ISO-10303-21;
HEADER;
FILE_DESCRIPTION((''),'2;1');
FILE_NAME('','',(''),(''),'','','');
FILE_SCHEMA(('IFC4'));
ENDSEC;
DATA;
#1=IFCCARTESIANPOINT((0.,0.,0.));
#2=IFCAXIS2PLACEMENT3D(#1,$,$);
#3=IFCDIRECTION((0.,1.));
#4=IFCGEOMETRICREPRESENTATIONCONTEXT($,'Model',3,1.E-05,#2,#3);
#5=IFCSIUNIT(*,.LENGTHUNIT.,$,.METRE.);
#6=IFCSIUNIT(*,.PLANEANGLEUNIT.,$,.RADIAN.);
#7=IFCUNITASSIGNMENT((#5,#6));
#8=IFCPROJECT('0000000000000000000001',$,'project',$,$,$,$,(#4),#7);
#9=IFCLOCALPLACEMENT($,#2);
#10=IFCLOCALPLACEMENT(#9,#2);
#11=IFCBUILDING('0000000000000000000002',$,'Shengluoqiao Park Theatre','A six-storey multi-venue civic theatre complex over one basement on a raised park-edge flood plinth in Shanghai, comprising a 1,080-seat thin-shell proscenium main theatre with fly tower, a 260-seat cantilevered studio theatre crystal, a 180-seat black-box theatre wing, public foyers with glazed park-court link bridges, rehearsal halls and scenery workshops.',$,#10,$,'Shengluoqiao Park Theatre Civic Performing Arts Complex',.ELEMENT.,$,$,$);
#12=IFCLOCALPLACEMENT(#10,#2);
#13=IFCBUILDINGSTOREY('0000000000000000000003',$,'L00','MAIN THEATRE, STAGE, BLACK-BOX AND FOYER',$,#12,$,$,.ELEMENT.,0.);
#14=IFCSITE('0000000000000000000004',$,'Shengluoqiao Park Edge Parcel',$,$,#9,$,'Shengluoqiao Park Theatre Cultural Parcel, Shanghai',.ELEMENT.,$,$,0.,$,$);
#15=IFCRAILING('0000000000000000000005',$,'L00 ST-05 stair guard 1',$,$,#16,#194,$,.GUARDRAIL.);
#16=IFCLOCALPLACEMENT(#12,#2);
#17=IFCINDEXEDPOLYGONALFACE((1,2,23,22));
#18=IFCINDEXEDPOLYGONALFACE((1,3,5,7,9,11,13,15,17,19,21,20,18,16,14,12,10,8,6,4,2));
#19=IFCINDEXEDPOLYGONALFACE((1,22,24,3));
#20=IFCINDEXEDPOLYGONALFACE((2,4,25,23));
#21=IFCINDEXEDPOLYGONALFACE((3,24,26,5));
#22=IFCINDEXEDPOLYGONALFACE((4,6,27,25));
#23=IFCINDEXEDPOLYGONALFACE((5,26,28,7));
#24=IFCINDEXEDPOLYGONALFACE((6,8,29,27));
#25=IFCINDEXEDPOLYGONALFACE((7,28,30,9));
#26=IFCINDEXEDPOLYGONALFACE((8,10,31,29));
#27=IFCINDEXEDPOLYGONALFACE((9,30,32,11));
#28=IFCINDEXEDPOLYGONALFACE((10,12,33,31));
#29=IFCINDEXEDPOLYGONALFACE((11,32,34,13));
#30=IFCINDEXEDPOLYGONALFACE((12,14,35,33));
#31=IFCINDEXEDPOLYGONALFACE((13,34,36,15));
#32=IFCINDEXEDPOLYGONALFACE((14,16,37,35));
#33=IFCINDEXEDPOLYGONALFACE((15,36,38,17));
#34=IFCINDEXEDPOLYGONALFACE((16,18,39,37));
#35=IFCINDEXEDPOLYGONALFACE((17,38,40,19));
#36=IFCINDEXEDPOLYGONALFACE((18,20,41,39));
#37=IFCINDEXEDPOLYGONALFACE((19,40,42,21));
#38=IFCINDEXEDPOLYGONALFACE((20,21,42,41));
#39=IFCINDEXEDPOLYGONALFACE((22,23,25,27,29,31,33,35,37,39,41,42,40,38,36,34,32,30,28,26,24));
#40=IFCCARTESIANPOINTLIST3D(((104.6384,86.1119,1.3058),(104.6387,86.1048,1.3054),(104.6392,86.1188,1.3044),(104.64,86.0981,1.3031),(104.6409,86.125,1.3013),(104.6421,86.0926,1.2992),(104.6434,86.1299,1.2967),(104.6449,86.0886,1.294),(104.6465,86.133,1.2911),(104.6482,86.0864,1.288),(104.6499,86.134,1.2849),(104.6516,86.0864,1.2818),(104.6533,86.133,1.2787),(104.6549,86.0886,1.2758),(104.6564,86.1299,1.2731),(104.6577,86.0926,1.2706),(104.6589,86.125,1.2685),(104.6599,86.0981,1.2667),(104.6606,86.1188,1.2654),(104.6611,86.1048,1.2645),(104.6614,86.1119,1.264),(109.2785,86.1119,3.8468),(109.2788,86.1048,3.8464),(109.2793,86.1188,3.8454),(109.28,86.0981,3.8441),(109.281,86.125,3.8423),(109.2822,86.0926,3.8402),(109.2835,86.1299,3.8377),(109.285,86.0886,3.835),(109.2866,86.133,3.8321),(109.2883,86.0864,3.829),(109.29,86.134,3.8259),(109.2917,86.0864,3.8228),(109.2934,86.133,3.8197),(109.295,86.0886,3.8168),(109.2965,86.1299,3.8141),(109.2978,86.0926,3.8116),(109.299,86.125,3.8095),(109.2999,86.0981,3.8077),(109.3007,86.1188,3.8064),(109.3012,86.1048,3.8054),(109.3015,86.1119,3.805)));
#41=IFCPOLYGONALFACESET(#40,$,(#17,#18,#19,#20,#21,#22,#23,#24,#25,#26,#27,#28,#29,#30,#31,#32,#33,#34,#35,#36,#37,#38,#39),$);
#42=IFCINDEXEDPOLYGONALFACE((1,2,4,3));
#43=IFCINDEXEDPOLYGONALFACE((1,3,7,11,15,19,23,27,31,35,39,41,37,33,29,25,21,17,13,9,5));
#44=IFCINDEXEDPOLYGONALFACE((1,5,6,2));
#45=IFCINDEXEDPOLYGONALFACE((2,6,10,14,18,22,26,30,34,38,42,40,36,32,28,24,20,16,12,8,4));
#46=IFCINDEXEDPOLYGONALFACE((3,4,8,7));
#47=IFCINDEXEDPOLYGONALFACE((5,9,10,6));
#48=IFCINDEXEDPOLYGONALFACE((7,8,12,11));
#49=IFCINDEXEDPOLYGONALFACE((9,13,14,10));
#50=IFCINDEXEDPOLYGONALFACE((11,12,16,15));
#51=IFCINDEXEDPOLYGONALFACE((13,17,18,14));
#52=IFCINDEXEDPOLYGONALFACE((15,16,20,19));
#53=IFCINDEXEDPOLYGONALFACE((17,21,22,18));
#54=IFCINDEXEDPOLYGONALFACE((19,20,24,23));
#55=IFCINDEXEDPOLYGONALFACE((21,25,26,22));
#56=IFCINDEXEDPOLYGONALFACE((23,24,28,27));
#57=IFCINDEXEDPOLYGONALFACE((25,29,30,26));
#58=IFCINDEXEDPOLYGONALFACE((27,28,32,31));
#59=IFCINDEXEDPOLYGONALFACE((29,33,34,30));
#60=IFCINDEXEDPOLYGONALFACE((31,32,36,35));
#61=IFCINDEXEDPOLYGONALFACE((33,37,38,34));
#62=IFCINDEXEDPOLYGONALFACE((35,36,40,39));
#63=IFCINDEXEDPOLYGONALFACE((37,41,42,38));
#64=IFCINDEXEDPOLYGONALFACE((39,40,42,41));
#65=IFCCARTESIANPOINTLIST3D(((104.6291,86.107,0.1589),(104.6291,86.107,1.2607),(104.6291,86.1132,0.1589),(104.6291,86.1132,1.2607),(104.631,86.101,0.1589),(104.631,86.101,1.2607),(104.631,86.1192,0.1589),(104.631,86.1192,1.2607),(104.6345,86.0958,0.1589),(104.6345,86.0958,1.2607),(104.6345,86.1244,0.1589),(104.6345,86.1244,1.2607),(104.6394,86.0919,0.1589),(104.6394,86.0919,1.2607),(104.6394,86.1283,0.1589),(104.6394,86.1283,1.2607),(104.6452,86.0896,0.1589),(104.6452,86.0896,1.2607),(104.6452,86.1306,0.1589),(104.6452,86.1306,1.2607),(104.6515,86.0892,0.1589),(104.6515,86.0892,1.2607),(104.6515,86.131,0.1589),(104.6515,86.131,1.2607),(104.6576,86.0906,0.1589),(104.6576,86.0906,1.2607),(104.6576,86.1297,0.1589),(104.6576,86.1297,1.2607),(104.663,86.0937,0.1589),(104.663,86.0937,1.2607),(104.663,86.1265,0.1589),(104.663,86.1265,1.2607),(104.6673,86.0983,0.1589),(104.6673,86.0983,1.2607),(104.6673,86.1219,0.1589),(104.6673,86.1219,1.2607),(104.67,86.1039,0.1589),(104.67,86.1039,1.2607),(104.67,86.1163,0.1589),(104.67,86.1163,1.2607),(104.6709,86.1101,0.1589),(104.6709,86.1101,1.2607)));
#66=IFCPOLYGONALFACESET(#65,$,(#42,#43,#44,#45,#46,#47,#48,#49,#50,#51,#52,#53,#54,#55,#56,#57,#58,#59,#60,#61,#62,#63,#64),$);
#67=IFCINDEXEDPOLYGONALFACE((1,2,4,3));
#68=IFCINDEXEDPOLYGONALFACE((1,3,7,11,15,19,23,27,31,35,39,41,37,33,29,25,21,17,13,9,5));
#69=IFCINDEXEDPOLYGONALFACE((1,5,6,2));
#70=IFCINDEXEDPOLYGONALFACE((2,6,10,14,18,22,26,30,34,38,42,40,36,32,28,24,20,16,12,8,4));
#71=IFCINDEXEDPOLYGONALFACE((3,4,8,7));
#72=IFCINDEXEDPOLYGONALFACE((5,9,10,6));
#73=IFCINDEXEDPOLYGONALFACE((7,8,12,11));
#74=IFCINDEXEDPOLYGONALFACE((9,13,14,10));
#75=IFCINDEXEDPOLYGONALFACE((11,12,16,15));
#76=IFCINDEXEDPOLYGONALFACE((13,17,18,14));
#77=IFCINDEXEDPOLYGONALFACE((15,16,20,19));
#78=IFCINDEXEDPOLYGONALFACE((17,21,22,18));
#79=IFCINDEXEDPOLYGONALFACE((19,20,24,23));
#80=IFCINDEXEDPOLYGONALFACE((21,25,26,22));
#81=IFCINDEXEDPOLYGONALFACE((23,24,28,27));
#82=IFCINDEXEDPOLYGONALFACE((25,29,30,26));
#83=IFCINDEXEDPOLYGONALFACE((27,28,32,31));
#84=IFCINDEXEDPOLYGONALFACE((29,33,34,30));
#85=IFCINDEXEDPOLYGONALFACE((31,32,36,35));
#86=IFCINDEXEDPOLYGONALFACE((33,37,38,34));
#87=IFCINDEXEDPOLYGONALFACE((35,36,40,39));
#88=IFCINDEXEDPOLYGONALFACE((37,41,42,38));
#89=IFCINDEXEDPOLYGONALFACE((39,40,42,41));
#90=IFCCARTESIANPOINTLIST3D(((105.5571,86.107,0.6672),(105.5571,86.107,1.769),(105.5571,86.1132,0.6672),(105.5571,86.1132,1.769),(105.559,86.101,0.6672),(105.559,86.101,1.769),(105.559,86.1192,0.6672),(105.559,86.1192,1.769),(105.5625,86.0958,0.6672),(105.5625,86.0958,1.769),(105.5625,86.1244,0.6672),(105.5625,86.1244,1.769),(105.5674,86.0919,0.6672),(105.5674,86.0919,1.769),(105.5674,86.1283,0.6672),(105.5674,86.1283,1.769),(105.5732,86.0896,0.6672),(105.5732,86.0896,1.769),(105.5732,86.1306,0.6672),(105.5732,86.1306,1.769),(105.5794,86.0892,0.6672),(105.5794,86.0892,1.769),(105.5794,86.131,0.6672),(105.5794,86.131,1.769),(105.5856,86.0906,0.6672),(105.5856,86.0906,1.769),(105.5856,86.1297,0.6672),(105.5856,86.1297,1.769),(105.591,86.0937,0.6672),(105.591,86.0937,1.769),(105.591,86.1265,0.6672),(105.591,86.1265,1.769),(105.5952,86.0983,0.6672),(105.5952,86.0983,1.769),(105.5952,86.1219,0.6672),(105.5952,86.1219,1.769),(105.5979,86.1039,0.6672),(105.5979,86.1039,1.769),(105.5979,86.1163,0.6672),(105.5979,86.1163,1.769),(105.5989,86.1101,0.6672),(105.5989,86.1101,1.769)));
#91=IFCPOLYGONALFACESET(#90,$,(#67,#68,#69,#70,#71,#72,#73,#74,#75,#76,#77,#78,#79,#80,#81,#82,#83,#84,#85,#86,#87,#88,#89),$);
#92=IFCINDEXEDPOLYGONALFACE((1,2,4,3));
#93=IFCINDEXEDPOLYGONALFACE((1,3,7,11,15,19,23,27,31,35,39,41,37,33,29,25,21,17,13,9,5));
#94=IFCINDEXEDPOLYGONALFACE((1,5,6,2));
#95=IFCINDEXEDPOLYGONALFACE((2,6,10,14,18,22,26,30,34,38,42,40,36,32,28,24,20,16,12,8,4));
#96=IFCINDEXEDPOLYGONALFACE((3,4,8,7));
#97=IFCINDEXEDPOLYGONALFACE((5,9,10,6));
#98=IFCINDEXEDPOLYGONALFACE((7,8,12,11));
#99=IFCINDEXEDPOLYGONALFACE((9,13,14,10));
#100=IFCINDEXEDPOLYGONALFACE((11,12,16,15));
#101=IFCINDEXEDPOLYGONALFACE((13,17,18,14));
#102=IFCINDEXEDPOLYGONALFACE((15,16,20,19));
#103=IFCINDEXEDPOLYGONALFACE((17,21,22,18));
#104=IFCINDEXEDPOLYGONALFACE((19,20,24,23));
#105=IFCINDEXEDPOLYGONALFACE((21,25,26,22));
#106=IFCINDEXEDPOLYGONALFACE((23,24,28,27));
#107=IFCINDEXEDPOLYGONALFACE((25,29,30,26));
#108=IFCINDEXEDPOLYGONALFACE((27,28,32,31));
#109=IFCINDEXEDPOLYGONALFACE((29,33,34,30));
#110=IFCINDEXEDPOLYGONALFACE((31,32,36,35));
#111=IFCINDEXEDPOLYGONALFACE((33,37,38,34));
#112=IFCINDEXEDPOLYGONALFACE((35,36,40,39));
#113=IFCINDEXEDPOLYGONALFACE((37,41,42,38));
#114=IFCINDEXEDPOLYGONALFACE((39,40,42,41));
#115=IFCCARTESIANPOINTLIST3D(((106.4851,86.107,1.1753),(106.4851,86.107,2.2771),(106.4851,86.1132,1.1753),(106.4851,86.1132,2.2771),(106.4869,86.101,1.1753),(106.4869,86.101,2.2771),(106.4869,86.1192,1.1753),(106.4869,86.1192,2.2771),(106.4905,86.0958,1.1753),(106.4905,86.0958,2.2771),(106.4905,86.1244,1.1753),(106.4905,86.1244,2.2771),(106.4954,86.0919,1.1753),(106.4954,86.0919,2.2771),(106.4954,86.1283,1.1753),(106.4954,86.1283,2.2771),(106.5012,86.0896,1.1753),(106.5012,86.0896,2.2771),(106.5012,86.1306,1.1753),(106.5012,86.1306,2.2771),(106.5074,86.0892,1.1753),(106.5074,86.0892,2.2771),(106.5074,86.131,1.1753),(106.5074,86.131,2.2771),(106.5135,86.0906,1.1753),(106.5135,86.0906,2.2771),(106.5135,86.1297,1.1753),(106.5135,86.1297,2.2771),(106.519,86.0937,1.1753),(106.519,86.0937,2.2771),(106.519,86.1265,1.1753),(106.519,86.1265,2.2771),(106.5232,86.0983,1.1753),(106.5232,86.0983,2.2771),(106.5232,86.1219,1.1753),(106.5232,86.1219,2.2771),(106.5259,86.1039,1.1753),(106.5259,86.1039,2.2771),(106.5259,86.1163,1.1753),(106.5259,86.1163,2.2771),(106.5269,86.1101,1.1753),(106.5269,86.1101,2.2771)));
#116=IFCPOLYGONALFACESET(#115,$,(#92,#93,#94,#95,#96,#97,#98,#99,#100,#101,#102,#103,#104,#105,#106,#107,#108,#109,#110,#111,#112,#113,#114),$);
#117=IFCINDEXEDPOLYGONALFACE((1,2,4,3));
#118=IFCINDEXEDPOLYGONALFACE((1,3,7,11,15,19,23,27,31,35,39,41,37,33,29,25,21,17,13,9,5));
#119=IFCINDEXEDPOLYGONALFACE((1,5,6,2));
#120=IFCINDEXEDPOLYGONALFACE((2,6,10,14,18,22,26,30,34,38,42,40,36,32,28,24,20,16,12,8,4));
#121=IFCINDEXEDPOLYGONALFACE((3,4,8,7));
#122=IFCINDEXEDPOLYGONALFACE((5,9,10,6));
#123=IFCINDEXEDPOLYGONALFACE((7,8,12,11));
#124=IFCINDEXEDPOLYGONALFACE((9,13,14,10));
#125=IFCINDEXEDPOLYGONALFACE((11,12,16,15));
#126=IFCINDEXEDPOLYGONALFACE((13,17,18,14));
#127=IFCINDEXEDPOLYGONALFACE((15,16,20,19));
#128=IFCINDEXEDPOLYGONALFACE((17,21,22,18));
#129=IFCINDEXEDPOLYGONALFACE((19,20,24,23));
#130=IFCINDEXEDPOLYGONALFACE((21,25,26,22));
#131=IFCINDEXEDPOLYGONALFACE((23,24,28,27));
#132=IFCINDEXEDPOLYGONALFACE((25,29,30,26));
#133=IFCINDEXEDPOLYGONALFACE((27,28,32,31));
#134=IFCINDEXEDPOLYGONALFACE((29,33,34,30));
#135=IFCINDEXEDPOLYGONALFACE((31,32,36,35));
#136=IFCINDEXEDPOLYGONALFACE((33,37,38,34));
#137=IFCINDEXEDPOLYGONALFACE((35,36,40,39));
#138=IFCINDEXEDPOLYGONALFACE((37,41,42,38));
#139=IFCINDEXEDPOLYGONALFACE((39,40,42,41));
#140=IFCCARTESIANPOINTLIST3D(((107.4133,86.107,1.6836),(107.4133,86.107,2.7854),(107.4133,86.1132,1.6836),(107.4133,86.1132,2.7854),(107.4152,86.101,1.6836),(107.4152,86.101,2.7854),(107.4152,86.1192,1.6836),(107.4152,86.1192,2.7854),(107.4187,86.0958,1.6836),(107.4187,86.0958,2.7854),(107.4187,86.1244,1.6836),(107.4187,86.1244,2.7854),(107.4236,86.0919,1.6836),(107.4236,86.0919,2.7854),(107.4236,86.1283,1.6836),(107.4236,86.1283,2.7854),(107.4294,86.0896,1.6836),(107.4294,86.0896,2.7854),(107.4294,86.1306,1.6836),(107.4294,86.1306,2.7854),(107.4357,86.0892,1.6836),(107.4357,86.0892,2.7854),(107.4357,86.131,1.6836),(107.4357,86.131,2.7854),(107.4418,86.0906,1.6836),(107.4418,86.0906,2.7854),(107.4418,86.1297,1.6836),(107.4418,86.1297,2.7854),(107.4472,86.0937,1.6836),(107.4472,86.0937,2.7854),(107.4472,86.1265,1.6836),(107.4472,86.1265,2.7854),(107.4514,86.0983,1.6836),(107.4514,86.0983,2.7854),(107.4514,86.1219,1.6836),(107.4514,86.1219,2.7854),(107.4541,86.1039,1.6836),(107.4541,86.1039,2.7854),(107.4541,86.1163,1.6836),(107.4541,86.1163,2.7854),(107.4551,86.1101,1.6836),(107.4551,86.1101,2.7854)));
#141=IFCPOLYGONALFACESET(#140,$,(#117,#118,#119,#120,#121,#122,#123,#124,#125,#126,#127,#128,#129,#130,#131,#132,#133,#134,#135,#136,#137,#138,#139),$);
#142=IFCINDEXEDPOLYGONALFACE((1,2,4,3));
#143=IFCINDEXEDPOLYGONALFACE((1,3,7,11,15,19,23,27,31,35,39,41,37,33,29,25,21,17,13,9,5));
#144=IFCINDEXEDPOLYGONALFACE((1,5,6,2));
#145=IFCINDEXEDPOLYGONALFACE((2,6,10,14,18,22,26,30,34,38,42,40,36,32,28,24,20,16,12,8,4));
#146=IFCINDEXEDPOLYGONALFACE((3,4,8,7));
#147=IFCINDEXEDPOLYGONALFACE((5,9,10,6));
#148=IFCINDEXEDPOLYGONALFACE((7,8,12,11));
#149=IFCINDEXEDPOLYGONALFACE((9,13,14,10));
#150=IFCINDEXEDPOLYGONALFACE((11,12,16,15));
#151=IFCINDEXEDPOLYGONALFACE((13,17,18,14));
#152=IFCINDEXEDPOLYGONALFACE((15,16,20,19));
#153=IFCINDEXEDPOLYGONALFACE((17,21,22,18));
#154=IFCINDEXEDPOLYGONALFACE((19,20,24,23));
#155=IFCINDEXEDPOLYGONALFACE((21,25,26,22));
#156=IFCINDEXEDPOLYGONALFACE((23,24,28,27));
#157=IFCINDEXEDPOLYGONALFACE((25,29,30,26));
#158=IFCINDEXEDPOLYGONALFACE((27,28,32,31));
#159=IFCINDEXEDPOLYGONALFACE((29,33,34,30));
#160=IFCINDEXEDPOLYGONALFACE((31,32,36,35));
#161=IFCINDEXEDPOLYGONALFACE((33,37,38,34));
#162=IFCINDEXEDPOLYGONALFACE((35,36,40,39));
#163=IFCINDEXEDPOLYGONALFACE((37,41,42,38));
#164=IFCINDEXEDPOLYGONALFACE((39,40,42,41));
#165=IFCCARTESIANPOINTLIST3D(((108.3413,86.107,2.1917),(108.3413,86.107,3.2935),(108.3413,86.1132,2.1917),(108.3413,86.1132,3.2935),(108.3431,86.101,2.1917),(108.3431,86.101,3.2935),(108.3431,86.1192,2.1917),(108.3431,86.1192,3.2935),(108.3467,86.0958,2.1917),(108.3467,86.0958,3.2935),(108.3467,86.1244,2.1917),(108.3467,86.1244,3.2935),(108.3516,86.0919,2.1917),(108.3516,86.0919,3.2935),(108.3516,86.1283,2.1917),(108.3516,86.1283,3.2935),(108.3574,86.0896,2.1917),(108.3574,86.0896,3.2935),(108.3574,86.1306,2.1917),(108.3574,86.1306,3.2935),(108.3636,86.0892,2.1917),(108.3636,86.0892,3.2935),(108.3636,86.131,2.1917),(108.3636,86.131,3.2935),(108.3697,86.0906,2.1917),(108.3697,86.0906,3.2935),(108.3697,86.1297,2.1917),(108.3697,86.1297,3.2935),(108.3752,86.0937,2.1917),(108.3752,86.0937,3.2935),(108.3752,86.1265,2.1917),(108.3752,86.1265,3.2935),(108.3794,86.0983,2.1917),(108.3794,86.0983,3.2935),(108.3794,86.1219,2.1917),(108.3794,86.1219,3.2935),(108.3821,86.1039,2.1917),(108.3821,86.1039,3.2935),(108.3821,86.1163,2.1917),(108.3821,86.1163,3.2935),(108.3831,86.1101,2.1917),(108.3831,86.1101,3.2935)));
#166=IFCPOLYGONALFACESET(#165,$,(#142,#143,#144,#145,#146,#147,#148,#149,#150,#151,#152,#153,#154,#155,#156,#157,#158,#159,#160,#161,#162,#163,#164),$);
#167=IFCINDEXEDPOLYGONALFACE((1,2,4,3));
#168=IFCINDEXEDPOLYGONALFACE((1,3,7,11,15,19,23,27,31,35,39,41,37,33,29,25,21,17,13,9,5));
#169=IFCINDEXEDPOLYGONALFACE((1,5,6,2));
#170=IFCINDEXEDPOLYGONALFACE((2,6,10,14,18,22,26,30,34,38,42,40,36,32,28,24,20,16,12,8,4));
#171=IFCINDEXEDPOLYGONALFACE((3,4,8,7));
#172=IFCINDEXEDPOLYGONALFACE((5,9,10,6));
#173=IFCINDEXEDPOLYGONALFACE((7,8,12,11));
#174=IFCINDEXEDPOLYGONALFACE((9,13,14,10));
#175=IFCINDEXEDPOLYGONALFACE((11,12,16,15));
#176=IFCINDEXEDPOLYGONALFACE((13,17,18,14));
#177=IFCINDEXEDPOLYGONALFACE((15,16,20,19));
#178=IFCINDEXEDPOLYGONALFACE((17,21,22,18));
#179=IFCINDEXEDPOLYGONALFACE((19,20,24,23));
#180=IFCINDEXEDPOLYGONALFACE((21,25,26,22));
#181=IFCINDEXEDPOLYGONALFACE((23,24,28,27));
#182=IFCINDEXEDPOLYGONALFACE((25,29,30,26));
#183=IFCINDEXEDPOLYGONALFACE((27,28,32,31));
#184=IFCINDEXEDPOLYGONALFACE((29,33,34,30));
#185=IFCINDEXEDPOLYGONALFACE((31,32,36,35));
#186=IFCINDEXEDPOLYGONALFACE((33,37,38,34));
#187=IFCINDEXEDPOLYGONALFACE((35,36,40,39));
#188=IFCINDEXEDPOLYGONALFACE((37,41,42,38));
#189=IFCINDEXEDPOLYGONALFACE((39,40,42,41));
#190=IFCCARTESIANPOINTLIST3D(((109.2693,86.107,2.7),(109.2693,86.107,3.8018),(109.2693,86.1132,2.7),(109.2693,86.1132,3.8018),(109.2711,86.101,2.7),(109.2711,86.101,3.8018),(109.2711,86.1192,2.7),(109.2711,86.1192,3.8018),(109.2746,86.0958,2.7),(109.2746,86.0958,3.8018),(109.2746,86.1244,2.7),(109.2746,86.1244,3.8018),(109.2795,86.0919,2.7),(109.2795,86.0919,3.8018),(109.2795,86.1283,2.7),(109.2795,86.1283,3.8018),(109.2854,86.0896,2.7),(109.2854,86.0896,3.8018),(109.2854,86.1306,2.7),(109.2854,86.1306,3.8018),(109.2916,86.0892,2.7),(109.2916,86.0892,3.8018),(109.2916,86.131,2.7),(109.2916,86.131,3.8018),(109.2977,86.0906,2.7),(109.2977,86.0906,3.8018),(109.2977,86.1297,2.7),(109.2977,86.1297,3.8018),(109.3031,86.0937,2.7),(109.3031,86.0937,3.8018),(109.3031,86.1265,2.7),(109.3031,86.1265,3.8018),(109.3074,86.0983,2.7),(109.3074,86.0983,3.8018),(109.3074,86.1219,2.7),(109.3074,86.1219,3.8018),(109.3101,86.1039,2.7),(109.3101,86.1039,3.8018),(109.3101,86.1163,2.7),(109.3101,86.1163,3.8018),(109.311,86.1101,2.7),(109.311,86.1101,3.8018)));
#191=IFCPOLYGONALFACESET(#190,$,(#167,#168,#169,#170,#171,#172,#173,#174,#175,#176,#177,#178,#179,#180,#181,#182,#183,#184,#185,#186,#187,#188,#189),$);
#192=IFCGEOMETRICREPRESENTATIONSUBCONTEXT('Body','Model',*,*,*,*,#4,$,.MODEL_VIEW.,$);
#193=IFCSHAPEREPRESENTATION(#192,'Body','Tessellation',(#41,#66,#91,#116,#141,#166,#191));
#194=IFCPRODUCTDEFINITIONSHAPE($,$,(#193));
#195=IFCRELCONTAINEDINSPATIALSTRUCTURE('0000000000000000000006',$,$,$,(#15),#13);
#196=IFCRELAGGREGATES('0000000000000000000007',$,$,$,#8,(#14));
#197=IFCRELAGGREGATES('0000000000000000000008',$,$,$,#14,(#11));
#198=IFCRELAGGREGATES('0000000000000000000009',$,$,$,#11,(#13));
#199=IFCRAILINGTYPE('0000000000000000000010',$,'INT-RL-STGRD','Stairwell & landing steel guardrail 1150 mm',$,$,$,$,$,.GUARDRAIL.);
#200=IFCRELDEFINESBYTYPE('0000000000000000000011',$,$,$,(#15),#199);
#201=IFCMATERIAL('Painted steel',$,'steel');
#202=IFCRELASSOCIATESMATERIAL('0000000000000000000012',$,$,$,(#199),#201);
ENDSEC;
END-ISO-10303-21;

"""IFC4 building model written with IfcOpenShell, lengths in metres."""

from ifc_helpers import new_model, si_unit, direction, frame, origin, origin_2d, place, context, subcontext, project, spatial, circle, extrude, material, type_object, element, save


model = new_model("IFC4")

# Units and contexts
model_context = context("Model", 3, precision=1e-05, world=origin(), true_north=direction((0.0, 1.0)))
body_context = subcontext(model_context, "Body", "Model", "MODEL_VIEW")
ifc_project = project(units=[si_unit("LENGTHUNIT", "METRE"), si_unit("PLANEANGLEUNIT", "RADIAN")], contexts=[model_context])

# Site, building, storey
site_placement = place(None, origin())
site = spatial("IfcSite", under=ifc_project, at=site_placement, Name="Shengluoqiao Park Edge Parcel", LongName="Shengluoqiao Park Theatre Cultural Parcel, Shanghai", CompositionType="ELEMENT", RefElevation=0.0)
building_placement = place(site_placement, origin())
building = spatial("IfcBuilding", under=site, at=building_placement, Name="Shengluoqiao Park Theatre", Description="A six-storey multi-venue civic theatre complex over one basement on a raised park-edge flood plinth in Shanghai, comprising a 1,080-seat thin-shell proscenium main theatre with fly tower, a 260-seat cantilevered studio theatre crystal, a 180-seat black-box theatre wing, public foyers with glazed park-court link bridges, rehearsal halls and scenery workshops.", LongName="Shengluoqiao Park Theatre Civic Performing Arts Complex", CompositionType="ELEMENT")
storey_placement = place(building_placement, origin())
storey = spatial("IfcBuildingStorey", under=building, at=storey_placement, Name="L00", Description="MAIN THEATRE, STAGE, BLACK-BOX AND FOYER", CompositionType="ELEMENT", Elevation=0.0)

# Railing
ifc_material_1 = material(Name="Painted steel", Category="steel")
railing_type_1 = type_object("IfcRailingType", Name="INT-RL-STGRD", Description="Stairwell & landing steel guardrail 1150 mm", PredefinedType="GUARDRAIL", material=ifc_material_1)
railing_1_placement = place(storey_placement, frame((104.6499, 86.1101, 0.1589)))
element("IfcRailing", 1, at=railing_1_placement, inside=storey, type_object=railing_type_1, Name="L00 ST-05 stair guard 1", PredefinedType="GUARDRAIL", context=body_context, shape_type="SweptSolid", body=[
    extrude(circle(Radius=0.0239, at=origin_2d()), frame((0.0, 0.0, 1.126), z_axis=(0.877097, 0.0, 0.480313), x_axis=(0.0, 1.0, 0.0)), (0.0, 0.0, 1.0), 5.2903),
    extrude(circle(Radius=0.021, at=origin_2d()), origin(), (0.0, 0.0, 1.0), 1.1018),
    extrude(circle(Radius=0.021, at=origin_2d()), frame((0.928, 0.0, 0.5083)), (0.0, 0.0, 1.0), 1.1018),
    extrude(circle(Radius=0.021, at=origin_2d()), frame((1.856, 0.0, 1.0164)), (0.0, 0.0, 1.0), 1.1018),
    extrude(circle(Radius=0.021, at=origin_2d()), frame((2.7842, 0.0, 1.5247)), (0.0, 0.0, 1.0), 1.1018),
    extrude(circle(Radius=0.021, at=origin_2d()), frame((3.7122, 0.0, 2.0327)), (0.0, 0.0, 1.0), 1.1018),
    extrude(circle(Radius=0.021, at=origin_2d()), frame((4.6401, 0.0, 2.541)), (0.0, 0.0, 1.0), 1.1018),
])

save(model, "model.ifc")
